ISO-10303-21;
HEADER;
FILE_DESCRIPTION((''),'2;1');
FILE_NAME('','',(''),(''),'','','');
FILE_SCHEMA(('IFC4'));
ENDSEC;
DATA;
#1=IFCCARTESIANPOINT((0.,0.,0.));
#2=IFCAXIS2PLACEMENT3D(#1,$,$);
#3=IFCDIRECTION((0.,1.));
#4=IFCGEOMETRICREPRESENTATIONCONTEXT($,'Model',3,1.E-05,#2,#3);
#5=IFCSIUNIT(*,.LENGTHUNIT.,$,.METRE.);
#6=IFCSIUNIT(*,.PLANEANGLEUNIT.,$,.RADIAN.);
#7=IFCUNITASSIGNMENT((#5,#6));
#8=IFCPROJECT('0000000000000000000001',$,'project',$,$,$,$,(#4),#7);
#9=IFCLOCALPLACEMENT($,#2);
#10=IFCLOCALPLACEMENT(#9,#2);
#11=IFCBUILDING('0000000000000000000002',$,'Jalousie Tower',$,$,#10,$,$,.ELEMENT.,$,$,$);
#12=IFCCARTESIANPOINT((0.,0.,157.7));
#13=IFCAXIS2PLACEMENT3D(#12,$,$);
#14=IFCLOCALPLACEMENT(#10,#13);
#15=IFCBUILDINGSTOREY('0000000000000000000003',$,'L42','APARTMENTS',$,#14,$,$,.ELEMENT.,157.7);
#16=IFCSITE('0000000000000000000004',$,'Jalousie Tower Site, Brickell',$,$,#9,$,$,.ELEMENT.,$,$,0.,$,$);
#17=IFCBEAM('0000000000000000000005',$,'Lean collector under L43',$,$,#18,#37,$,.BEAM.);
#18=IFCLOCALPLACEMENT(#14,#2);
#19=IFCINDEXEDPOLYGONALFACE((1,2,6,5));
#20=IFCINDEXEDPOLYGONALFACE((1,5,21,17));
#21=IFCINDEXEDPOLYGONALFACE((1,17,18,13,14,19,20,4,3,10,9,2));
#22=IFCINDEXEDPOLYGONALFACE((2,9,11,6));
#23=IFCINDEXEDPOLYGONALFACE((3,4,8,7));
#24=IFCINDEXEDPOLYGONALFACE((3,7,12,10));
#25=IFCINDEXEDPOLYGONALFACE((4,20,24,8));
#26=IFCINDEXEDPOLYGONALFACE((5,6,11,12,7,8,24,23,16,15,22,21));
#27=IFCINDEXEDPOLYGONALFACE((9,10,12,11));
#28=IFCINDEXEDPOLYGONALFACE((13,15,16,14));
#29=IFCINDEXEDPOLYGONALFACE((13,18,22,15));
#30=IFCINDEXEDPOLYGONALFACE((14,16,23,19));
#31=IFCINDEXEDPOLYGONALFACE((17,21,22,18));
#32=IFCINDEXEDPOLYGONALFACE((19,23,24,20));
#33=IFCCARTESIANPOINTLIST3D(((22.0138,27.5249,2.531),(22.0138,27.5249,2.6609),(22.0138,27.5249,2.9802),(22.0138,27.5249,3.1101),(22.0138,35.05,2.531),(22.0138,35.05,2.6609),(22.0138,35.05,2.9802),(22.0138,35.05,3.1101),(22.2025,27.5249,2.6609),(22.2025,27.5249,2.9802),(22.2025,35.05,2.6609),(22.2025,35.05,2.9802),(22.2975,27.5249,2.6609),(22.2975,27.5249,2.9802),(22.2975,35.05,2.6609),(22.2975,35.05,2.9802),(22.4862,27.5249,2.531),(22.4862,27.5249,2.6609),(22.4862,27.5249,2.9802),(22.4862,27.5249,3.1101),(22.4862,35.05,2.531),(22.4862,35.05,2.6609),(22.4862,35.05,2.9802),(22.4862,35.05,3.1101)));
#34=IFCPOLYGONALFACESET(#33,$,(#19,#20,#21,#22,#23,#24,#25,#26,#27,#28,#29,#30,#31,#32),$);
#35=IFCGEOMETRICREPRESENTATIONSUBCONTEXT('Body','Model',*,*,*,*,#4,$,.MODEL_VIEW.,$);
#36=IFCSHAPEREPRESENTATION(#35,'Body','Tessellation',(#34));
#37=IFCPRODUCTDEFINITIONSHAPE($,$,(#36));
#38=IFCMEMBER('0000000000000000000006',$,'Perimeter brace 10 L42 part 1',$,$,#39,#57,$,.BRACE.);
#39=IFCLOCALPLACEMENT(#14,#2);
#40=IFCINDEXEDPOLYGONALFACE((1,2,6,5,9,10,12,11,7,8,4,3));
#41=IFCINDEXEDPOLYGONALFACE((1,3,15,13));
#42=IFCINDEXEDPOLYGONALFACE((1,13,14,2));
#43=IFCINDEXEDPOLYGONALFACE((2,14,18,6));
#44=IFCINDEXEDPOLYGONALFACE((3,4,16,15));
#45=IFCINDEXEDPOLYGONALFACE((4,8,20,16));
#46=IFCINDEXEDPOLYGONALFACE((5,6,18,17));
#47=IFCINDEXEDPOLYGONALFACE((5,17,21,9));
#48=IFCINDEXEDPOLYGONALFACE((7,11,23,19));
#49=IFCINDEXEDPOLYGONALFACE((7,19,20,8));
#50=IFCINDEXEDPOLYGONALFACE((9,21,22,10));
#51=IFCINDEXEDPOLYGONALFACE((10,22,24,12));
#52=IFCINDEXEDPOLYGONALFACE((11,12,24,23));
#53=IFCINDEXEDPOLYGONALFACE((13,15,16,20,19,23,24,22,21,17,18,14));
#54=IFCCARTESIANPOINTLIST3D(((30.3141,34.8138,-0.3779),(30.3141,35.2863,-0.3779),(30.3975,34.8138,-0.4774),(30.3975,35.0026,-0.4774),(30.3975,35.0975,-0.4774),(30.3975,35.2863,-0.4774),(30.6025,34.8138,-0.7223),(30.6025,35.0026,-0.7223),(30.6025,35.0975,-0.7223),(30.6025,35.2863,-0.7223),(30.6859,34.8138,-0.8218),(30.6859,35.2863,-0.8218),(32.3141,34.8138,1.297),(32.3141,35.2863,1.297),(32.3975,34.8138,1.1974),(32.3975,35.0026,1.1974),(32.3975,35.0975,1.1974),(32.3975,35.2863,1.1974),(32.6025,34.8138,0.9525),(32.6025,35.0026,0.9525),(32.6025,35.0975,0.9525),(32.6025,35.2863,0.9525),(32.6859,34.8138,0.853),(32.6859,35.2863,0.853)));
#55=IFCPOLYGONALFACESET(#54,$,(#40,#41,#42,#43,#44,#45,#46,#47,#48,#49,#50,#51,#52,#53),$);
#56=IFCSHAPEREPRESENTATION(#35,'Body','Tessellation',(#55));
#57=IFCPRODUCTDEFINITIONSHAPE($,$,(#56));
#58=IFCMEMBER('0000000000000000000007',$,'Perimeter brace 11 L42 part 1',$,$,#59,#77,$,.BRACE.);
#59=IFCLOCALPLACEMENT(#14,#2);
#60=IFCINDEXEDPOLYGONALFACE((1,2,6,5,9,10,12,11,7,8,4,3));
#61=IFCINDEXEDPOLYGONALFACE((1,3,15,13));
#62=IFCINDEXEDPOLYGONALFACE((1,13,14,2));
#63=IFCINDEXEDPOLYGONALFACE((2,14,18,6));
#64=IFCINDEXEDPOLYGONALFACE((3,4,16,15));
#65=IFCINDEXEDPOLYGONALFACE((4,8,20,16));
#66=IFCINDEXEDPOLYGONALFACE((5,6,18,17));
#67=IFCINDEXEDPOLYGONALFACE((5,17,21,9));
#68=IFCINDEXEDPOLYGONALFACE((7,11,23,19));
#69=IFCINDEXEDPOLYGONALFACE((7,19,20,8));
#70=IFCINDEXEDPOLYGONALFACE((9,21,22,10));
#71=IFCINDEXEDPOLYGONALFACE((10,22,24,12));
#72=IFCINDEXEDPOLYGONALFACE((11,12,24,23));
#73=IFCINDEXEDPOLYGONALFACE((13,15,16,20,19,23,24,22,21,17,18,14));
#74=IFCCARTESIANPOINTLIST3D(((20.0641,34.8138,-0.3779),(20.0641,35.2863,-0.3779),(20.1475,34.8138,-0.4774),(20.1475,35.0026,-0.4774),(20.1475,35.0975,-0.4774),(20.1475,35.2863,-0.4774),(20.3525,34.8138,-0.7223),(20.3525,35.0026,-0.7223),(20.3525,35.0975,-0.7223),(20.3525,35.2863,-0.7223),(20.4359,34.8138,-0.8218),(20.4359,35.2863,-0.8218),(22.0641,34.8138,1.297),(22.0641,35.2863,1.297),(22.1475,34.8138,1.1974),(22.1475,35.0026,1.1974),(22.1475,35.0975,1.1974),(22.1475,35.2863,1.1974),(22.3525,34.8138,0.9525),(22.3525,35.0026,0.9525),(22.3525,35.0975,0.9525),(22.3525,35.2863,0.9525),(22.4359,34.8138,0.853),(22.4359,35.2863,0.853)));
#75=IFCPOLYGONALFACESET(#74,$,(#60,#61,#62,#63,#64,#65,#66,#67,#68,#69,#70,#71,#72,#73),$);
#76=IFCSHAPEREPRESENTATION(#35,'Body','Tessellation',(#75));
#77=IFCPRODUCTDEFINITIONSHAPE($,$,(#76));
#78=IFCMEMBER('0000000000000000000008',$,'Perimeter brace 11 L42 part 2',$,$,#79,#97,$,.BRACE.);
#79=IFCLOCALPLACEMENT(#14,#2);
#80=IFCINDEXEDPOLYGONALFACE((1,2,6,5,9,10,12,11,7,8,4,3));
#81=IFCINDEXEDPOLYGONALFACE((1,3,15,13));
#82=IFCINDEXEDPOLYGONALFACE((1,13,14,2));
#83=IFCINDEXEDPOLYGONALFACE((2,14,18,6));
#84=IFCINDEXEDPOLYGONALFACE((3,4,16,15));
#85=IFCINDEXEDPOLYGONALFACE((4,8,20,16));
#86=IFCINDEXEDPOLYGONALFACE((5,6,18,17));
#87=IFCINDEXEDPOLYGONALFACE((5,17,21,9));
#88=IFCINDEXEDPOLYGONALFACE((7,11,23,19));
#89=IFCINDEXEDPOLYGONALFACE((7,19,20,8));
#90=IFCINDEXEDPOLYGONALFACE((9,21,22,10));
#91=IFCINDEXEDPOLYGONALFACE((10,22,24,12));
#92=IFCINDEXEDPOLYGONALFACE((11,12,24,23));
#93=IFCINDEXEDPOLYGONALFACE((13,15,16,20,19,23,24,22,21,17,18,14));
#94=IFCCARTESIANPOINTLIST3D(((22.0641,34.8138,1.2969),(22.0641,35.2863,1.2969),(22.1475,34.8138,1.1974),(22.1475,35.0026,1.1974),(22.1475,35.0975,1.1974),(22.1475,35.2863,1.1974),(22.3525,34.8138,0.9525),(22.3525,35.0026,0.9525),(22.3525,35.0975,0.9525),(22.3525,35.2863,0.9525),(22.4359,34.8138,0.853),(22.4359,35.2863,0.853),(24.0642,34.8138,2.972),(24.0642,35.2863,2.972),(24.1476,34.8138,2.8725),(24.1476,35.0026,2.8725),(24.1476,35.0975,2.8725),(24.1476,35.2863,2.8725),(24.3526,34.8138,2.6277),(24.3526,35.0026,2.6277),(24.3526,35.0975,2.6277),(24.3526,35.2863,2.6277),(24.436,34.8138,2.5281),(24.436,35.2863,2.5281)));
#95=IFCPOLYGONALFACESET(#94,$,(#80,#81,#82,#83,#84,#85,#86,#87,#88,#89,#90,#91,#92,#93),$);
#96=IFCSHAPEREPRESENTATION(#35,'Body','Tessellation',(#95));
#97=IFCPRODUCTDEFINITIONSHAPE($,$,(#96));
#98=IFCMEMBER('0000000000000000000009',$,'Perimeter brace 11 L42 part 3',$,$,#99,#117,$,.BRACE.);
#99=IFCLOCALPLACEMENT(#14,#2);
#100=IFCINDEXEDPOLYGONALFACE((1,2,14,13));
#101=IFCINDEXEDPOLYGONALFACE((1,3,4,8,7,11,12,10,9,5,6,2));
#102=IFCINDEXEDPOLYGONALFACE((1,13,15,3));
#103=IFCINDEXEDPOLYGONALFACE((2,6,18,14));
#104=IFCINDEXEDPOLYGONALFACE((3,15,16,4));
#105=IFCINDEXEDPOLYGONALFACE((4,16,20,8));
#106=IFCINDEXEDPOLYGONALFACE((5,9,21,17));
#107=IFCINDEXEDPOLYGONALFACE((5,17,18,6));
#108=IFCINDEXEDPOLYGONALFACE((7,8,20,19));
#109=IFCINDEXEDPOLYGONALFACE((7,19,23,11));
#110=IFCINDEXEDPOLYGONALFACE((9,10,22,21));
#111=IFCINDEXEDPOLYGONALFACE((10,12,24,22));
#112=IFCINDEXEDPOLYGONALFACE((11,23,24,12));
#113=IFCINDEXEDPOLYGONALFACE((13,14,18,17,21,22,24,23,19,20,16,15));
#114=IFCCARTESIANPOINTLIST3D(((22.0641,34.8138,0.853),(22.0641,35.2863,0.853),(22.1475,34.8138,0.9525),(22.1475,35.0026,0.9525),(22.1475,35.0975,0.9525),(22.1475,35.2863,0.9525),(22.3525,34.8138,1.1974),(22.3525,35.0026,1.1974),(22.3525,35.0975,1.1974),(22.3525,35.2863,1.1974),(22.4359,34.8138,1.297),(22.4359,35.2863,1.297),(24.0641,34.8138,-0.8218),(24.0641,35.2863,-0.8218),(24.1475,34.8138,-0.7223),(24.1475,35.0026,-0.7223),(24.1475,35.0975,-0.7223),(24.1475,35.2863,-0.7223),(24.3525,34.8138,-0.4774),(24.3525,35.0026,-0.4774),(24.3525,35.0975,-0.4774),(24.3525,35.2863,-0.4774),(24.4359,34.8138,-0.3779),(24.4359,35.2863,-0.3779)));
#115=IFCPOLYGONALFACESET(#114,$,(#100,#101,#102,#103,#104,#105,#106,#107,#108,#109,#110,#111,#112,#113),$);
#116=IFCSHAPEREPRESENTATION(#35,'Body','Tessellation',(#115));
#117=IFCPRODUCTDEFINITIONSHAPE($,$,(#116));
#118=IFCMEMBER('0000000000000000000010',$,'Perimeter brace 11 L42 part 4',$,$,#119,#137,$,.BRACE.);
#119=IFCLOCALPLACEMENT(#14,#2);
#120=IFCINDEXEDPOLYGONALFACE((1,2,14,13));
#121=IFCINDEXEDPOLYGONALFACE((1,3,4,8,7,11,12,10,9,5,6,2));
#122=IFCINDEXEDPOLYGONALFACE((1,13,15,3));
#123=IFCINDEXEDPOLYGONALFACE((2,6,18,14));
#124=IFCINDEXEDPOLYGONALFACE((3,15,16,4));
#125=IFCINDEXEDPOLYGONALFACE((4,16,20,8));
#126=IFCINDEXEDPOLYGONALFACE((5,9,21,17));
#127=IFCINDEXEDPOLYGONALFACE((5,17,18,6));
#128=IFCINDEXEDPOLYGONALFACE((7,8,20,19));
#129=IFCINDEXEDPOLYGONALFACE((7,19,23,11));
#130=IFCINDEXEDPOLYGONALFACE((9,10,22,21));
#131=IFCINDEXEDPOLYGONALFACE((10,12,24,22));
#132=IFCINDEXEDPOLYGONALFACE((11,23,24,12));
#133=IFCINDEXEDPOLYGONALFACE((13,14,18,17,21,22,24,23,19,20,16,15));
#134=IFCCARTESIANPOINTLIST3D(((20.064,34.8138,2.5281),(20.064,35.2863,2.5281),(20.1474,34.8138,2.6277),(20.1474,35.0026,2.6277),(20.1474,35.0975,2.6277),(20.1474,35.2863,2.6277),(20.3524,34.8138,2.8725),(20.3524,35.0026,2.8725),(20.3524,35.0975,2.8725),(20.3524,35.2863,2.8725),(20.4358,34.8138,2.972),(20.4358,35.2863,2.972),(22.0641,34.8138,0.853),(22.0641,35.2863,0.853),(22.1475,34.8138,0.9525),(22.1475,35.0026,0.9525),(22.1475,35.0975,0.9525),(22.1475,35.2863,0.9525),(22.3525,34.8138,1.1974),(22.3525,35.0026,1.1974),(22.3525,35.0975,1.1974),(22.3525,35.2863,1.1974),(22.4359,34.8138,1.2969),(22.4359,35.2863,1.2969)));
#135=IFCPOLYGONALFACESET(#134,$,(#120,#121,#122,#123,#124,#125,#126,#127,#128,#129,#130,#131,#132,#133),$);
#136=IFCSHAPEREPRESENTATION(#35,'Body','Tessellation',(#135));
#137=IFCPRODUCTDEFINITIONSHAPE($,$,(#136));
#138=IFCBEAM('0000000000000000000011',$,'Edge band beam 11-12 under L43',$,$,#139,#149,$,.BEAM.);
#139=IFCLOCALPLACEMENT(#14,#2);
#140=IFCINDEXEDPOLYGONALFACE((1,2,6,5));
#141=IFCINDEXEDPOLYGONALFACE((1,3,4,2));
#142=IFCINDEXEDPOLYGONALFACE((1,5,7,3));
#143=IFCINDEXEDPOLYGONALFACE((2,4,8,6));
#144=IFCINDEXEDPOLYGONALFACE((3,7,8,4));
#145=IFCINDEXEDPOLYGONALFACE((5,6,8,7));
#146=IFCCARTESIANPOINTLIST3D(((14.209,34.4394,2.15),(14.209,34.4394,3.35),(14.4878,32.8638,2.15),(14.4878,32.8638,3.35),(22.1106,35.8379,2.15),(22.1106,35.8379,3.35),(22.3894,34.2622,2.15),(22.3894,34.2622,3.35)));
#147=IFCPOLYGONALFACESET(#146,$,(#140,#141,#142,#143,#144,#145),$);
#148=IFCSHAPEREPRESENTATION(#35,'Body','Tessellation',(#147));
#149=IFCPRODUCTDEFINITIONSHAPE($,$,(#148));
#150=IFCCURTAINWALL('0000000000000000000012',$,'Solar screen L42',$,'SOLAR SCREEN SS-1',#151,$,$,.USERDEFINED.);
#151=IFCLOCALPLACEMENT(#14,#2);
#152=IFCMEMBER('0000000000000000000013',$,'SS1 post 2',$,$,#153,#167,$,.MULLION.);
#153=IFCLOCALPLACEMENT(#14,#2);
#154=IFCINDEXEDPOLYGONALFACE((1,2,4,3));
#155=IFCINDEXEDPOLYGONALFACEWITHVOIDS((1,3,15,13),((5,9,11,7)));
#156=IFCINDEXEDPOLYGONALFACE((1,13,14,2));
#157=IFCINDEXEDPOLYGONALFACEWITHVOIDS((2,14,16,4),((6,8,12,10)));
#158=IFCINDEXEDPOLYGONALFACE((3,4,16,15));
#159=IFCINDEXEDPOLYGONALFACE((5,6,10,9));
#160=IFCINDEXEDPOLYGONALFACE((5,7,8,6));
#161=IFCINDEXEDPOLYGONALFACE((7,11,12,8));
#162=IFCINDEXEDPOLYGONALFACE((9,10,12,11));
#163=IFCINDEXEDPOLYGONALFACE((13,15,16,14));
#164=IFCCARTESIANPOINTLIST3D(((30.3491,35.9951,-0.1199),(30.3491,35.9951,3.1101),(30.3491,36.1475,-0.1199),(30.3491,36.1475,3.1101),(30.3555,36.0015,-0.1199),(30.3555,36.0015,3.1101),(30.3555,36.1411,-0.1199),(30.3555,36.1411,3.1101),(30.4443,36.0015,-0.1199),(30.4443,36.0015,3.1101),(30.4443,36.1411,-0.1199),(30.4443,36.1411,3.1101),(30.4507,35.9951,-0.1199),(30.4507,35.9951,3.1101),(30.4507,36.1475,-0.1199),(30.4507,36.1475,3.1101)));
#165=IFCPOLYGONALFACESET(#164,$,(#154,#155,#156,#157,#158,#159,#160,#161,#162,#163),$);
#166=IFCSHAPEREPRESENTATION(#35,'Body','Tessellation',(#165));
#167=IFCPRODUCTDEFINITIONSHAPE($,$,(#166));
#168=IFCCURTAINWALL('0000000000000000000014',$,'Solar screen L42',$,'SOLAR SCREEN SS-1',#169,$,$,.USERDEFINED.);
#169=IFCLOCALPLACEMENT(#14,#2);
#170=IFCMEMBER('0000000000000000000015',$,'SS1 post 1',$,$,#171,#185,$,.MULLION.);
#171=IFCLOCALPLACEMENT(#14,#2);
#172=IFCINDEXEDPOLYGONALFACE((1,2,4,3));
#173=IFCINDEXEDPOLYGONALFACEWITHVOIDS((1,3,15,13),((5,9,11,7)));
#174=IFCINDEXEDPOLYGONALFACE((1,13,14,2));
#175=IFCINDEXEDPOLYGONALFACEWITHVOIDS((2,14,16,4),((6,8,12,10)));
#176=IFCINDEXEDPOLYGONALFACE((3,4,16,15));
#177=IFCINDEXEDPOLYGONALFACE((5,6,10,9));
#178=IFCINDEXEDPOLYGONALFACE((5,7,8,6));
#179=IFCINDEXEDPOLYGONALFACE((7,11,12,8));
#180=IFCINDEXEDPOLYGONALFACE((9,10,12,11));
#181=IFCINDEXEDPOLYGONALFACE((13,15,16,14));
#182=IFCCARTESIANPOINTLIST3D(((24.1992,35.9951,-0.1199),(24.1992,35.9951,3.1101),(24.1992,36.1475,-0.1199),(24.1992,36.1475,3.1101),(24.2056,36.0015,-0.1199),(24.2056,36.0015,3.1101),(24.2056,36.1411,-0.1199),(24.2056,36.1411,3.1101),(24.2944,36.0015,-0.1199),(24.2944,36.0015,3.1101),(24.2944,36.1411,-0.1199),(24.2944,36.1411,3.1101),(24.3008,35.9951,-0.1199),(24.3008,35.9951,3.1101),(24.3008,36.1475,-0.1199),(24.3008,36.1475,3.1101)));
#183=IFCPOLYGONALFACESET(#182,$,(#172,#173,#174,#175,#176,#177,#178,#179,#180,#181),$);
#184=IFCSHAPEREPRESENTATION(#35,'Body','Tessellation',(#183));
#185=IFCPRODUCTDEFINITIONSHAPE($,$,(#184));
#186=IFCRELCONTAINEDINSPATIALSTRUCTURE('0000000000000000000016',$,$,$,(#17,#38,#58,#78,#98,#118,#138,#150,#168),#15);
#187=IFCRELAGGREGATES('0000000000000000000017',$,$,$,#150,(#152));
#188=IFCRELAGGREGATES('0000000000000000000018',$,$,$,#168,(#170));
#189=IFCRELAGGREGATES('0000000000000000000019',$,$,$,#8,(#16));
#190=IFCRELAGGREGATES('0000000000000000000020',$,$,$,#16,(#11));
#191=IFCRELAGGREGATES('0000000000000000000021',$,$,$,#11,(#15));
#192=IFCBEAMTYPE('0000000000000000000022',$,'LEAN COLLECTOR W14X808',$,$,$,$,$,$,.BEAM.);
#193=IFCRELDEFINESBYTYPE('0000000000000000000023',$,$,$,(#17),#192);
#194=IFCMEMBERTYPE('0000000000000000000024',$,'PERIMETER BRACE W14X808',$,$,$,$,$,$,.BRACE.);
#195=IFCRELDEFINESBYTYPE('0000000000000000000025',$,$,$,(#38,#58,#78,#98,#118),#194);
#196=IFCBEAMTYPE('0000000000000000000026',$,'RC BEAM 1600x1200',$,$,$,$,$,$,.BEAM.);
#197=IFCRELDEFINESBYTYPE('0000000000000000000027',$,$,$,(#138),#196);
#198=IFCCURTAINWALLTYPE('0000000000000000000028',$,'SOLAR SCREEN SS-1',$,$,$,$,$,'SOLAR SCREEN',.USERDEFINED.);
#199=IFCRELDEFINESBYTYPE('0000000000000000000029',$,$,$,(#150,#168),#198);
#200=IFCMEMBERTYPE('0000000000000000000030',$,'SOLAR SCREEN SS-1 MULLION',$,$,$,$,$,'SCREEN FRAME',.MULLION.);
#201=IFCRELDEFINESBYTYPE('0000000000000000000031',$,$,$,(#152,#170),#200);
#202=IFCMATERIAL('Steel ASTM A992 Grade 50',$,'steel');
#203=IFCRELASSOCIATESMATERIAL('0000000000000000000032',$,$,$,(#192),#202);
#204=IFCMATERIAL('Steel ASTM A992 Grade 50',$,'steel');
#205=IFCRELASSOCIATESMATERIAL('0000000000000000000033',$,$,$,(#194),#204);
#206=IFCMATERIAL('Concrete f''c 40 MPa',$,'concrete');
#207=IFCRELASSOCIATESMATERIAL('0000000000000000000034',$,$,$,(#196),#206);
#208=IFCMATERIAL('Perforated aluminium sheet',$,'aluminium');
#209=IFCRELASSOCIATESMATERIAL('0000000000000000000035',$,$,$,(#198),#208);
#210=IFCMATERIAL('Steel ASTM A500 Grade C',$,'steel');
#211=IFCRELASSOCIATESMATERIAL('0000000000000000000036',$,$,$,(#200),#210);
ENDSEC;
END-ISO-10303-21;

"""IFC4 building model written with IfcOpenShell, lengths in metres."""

from ifc_helpers import new_model, si_unit, direction, frame, origin, origin_2d, place, context, subcontext, project, spatial, rectangle, hollow_rectangle, i_section, extrude, material, material_profile, profile_set, type_object, element, aggregate, save


model = new_model("IFC4")

# Units and contexts
model_context = context("Model", 3, precision=1e-05, world=origin(), true_north=direction((0.0, 1.0)))
body_context = subcontext(model_context, "Body", "Model", "MODEL_VIEW")
ifc_project = project(units=[si_unit("LENGTHUNIT", "METRE"), si_unit("PLANEANGLEUNIT", "RADIAN")], contexts=[model_context])

# Site, building, storey
site_placement = place(None, origin())
site = spatial("IfcSite", under=ifc_project, at=site_placement, Name="Jalousie Tower Site, Brickell", CompositionType="ELEMENT", RefElevation=0.0)
building_placement = place(site_placement, origin())
building = spatial("IfcBuilding", under=site, at=building_placement, Name="Jalousie Tower", CompositionType="ELEMENT")
storey_placement = place(building_placement, frame((0.0, 0.0, 157.7)))
storey = spatial("IfcBuildingStorey", under=building, at=storey_placement, Name="L42", Description="APARTMENTS", CompositionType="ELEMENT", Elevation=157.7)

# Beam
ifc_material_1 = material(Name="Steel ASTM A992 Grade 50", Category="steel")
ifc_material_profile_1 = material_profile(ifc_material_1, i_section(OverallWidth=0.4724, OverallDepth=0.5791, WebThickness=0.095, FlangeThickness=0.1299, at=origin_2d()), Name="W14X808")
ifc_profile_set_1 = profile_set([ifc_material_profile_1], Name="Steel ASTM A992 Grade 50")
beam_type_1 = type_object("IfcBeamType", Name="LEAN COLLECTOR W14X808", PredefinedType="BEAM", material=ifc_profile_set_1)
beam_1_placement = place(storey_placement, frame((22.25, 35.05, 2.8206), z_axis=(0.0, -1.0, 0.0), x_axis=(1.0, 0.0, 0.0)))
element("IfcBeam", 1, at=beam_1_placement, inside=storey, type_object=beam_type_1, Name="Lean collector under L43", PredefinedType="BEAM", context=body_context, shape_type="SweptSolid", body=[
    extrude(i_section(OverallWidth=0.4724, OverallDepth=0.5791, WebThickness=0.095, FlangeThickness=0.1299, at=origin_2d()), origin(), (0.0, 0.0, 1.0), 7.5251),
])

# Members
ifc_material_2 = material(Name="Steel ASTM A992 Grade 50", Category="steel")
ifc_material_profile_2 = material_profile(ifc_material_2, i_section(OverallWidth=0.4724, OverallDepth=0.5791, WebThickness=0.095, FlangeThickness=0.1299, at=origin_2d()), Name="W14X808")
ifc_profile_set_2 = profile_set([ifc_material_profile_2], Name="Steel ASTM A992 Grade 50")
member_type_1 = type_object("IfcMemberType", Name="PERIMETER BRACE W14X808", PredefinedType="BRACE", material=ifc_profile_set_2)
for number, where, z_axis, x_axis, name in (
    (2, (30.5, 35.05, -0.5999), (0.766685, 0.0, 0.642024), (0.0, 1.0, 0.0), "Perimeter brace 10 L42 part 1"),
    (3, (20.25, 35.05, -0.5999), (0.766685, 0.0, 0.642024), (0.0, 1.0, 0.0), "Perimeter brace 11 L42 part 1"),
):
    element("IfcMember", number, at=place(storey_placement, frame(where, z_axis=z_axis, x_axis=x_axis)), inside=storey, type_object=member_type_1, Name=name, PredefinedType="BRACE", context=body_context, shape_type="SweptSolid", body=[
        extrude(i_section(OverallWidth=0.4724, OverallDepth=0.5791, WebThickness=0.095, FlangeThickness=0.1299, at=origin_2d()), origin(), (0.0, 0.0, 1.0), 2.6086),
    ])
member_1_placement = place(storey_placement, frame((22.25, 35.05, 1.075), z_axis=(0.766639, 0.0, 0.642079), x_axis=(0.0, 1.0, 0.0)))
element("IfcMember", 4, at=member_1_placement, inside=storey, type_object=member_type_1, Name="Perimeter brace 11 L42 part 2", PredefinedType="BRACE", context=body_context, shape_type="SweptSolid", body=[
    extrude(i_section(OverallWidth=0.4724, OverallDepth=0.5791, WebThickness=0.095, FlangeThickness=0.1299, at=origin_2d()), origin(), (0.0, 0.0, 1.0), 2.6089),
])
member_2_placement = place(storey_placement, frame((24.25, 35.05, -0.5999), z_axis=(-0.766685, 0.0, 0.642024), x_axis=(0.0, -1.0, 0.0)))
element("IfcMember", 5, at=member_2_placement, inside=storey, type_object=member_type_1, Name="Perimeter brace 11 L42 part 3", PredefinedType="BRACE", context=body_context, shape_type="SweptSolid", body=[
    extrude(i_section(OverallWidth=0.4724, OverallDepth=0.5791, WebThickness=0.095, FlangeThickness=0.1299, at=origin_2d()), origin(), (0.0, 0.0, 1.0), 2.6086),
])
member_3_placement = place(storey_placement, frame((22.25, 35.05, 1.075), z_axis=(-0.766639, 0.0, 0.642079), x_axis=(0.0, -1.0, 0.0)))
element("IfcMember", 6, at=member_3_placement, inside=storey, type_object=member_type_1, Name="Perimeter brace 11 L42 part 4", PredefinedType="BRACE", context=body_context, shape_type="SweptSolid", body=[
    extrude(i_section(OverallWidth=0.4724, OverallDepth=0.5791, WebThickness=0.095, FlangeThickness=0.1299, at=origin_2d()), origin(), (0.0, 0.0, 1.0), 2.6089),
])

# Beam
ifc_material_3 = material(Name="Concrete f'c 40 MPa", Category="concrete")
ifc_material_profile_3 = material_profile(ifc_material_3, rectangle(XDim=1.6001, YDim=1.2, at=origin_2d()), Name="RC 1600x1200")
ifc_profile_set_3 = profile_set([ifc_material_profile_3], Name="Concrete f'c 40 MPa")
beam_type_2 = type_object("IfcBeamType", Name="RC BEAM 1600x1200", PredefinedType="BEAM", material=ifc_profile_set_3)
beam_2_placement = place(storey_placement, frame((22.25, 35.05, 2.75), z_axis=(-0.984697, -0.174273, 0.0), x_axis=(0.174273, -0.984697, 0.0)))
element("IfcBeam", 7, at=beam_2_placement, inside=storey, type_object=beam_type_2, Name="Edge band beam 11-12 under L43", PredefinedType="BEAM", context=body_context, shape_type="SweptSolid", body=[
    extrude(rectangle(XDim=1.6001, YDim=1.2, at=origin_2d()), origin(), (0.0, 0.0, 1.0), 8.0244),
])

# Curtain wall, member
ifc_material_4 = material(Name="Perforated aluminium sheet", Category="aluminium")
curtain_wall_type = type_object("IfcCurtainWallType", Name="SOLAR SCREEN SS-1", ElementType="SOLAR SCREEN", PredefinedType="USERDEFINED", material=ifc_material_4)
curtain_wall_1_placement = place(storey_placement, origin())
curtain_wall_1 = element("IfcCurtainWall", 8, at=curtain_wall_1_placement, inside=storey, type_object=curtain_wall_type, Name="Solar screen L42", ObjectType="SOLAR SCREEN SS-1", PredefinedType="USERDEFINED")
ifc_material_5 = material(Name="Steel ASTM A500 Grade C", Category="steel")
ifc_material_profile_4 = material_profile(ifc_material_5, hollow_rectangle(XDim=0.1016, YDim=0.1523, WallThickness=0.0063, at=origin_2d()), Name="HSS6X4X1/4")
ifc_profile_set_4 = profile_set([ifc_material_profile_4], Name="Steel ASTM A500 Grade C")
member_type_2 = type_object("IfcMemberType", Name="SOLAR SCREEN SS-1 MULLION", ElementType="SCREEN FRAME", PredefinedType="MULLION", material=ifc_profile_set_4)
member_4_placement = place(storey_placement, frame((30.3999, 36.0713, -0.1199), z_axis=(0.0, 0.0, 1.0), x_axis=(-1.0, 0.0, 0.0)))
member_4 = element("IfcMember", 9, at=member_4_placement, type_object=member_type_2, Name="SS1 post 2", PredefinedType="MULLION", context=body_context, shape_type="SweptSolid", body=[
    extrude(hollow_rectangle(XDim=0.1016, YDim=0.1523, WallThickness=0.0063, at=origin_2d()), origin(), (0.0, 0.0, 1.0), 3.23),
])
aggregate(curtain_wall_1, [member_4])

# Curtain wall, member
curtain_wall_2_placement = place(storey_placement, origin())
curtain_wall_2 = element("IfcCurtainWall", 10, at=curtain_wall_2_placement, inside=storey, type_object=curtain_wall_type, Name="Solar screen L42", ObjectType="SOLAR SCREEN SS-1", PredefinedType="USERDEFINED")
member_5_placement = place(storey_placement, frame((24.25, 36.0713, -0.1199), z_axis=(0.0, 0.0, 1.0), x_axis=(-1.0, 0.0, 0.0)))
member_5 = element("IfcMember", 11, at=member_5_placement, type_object=member_type_2, Name="SS1 post 1", PredefinedType="MULLION", context=body_context, shape_type="SweptSolid", body=[
    extrude(hollow_rectangle(XDim=0.1016, YDim=0.1523, WallThickness=0.0063, at=origin_2d()), origin(), (0.0, 0.0, 1.0), 3.23),
])
aggregate(curtain_wall_2, [member_5])

save(model, "model.ifc")
